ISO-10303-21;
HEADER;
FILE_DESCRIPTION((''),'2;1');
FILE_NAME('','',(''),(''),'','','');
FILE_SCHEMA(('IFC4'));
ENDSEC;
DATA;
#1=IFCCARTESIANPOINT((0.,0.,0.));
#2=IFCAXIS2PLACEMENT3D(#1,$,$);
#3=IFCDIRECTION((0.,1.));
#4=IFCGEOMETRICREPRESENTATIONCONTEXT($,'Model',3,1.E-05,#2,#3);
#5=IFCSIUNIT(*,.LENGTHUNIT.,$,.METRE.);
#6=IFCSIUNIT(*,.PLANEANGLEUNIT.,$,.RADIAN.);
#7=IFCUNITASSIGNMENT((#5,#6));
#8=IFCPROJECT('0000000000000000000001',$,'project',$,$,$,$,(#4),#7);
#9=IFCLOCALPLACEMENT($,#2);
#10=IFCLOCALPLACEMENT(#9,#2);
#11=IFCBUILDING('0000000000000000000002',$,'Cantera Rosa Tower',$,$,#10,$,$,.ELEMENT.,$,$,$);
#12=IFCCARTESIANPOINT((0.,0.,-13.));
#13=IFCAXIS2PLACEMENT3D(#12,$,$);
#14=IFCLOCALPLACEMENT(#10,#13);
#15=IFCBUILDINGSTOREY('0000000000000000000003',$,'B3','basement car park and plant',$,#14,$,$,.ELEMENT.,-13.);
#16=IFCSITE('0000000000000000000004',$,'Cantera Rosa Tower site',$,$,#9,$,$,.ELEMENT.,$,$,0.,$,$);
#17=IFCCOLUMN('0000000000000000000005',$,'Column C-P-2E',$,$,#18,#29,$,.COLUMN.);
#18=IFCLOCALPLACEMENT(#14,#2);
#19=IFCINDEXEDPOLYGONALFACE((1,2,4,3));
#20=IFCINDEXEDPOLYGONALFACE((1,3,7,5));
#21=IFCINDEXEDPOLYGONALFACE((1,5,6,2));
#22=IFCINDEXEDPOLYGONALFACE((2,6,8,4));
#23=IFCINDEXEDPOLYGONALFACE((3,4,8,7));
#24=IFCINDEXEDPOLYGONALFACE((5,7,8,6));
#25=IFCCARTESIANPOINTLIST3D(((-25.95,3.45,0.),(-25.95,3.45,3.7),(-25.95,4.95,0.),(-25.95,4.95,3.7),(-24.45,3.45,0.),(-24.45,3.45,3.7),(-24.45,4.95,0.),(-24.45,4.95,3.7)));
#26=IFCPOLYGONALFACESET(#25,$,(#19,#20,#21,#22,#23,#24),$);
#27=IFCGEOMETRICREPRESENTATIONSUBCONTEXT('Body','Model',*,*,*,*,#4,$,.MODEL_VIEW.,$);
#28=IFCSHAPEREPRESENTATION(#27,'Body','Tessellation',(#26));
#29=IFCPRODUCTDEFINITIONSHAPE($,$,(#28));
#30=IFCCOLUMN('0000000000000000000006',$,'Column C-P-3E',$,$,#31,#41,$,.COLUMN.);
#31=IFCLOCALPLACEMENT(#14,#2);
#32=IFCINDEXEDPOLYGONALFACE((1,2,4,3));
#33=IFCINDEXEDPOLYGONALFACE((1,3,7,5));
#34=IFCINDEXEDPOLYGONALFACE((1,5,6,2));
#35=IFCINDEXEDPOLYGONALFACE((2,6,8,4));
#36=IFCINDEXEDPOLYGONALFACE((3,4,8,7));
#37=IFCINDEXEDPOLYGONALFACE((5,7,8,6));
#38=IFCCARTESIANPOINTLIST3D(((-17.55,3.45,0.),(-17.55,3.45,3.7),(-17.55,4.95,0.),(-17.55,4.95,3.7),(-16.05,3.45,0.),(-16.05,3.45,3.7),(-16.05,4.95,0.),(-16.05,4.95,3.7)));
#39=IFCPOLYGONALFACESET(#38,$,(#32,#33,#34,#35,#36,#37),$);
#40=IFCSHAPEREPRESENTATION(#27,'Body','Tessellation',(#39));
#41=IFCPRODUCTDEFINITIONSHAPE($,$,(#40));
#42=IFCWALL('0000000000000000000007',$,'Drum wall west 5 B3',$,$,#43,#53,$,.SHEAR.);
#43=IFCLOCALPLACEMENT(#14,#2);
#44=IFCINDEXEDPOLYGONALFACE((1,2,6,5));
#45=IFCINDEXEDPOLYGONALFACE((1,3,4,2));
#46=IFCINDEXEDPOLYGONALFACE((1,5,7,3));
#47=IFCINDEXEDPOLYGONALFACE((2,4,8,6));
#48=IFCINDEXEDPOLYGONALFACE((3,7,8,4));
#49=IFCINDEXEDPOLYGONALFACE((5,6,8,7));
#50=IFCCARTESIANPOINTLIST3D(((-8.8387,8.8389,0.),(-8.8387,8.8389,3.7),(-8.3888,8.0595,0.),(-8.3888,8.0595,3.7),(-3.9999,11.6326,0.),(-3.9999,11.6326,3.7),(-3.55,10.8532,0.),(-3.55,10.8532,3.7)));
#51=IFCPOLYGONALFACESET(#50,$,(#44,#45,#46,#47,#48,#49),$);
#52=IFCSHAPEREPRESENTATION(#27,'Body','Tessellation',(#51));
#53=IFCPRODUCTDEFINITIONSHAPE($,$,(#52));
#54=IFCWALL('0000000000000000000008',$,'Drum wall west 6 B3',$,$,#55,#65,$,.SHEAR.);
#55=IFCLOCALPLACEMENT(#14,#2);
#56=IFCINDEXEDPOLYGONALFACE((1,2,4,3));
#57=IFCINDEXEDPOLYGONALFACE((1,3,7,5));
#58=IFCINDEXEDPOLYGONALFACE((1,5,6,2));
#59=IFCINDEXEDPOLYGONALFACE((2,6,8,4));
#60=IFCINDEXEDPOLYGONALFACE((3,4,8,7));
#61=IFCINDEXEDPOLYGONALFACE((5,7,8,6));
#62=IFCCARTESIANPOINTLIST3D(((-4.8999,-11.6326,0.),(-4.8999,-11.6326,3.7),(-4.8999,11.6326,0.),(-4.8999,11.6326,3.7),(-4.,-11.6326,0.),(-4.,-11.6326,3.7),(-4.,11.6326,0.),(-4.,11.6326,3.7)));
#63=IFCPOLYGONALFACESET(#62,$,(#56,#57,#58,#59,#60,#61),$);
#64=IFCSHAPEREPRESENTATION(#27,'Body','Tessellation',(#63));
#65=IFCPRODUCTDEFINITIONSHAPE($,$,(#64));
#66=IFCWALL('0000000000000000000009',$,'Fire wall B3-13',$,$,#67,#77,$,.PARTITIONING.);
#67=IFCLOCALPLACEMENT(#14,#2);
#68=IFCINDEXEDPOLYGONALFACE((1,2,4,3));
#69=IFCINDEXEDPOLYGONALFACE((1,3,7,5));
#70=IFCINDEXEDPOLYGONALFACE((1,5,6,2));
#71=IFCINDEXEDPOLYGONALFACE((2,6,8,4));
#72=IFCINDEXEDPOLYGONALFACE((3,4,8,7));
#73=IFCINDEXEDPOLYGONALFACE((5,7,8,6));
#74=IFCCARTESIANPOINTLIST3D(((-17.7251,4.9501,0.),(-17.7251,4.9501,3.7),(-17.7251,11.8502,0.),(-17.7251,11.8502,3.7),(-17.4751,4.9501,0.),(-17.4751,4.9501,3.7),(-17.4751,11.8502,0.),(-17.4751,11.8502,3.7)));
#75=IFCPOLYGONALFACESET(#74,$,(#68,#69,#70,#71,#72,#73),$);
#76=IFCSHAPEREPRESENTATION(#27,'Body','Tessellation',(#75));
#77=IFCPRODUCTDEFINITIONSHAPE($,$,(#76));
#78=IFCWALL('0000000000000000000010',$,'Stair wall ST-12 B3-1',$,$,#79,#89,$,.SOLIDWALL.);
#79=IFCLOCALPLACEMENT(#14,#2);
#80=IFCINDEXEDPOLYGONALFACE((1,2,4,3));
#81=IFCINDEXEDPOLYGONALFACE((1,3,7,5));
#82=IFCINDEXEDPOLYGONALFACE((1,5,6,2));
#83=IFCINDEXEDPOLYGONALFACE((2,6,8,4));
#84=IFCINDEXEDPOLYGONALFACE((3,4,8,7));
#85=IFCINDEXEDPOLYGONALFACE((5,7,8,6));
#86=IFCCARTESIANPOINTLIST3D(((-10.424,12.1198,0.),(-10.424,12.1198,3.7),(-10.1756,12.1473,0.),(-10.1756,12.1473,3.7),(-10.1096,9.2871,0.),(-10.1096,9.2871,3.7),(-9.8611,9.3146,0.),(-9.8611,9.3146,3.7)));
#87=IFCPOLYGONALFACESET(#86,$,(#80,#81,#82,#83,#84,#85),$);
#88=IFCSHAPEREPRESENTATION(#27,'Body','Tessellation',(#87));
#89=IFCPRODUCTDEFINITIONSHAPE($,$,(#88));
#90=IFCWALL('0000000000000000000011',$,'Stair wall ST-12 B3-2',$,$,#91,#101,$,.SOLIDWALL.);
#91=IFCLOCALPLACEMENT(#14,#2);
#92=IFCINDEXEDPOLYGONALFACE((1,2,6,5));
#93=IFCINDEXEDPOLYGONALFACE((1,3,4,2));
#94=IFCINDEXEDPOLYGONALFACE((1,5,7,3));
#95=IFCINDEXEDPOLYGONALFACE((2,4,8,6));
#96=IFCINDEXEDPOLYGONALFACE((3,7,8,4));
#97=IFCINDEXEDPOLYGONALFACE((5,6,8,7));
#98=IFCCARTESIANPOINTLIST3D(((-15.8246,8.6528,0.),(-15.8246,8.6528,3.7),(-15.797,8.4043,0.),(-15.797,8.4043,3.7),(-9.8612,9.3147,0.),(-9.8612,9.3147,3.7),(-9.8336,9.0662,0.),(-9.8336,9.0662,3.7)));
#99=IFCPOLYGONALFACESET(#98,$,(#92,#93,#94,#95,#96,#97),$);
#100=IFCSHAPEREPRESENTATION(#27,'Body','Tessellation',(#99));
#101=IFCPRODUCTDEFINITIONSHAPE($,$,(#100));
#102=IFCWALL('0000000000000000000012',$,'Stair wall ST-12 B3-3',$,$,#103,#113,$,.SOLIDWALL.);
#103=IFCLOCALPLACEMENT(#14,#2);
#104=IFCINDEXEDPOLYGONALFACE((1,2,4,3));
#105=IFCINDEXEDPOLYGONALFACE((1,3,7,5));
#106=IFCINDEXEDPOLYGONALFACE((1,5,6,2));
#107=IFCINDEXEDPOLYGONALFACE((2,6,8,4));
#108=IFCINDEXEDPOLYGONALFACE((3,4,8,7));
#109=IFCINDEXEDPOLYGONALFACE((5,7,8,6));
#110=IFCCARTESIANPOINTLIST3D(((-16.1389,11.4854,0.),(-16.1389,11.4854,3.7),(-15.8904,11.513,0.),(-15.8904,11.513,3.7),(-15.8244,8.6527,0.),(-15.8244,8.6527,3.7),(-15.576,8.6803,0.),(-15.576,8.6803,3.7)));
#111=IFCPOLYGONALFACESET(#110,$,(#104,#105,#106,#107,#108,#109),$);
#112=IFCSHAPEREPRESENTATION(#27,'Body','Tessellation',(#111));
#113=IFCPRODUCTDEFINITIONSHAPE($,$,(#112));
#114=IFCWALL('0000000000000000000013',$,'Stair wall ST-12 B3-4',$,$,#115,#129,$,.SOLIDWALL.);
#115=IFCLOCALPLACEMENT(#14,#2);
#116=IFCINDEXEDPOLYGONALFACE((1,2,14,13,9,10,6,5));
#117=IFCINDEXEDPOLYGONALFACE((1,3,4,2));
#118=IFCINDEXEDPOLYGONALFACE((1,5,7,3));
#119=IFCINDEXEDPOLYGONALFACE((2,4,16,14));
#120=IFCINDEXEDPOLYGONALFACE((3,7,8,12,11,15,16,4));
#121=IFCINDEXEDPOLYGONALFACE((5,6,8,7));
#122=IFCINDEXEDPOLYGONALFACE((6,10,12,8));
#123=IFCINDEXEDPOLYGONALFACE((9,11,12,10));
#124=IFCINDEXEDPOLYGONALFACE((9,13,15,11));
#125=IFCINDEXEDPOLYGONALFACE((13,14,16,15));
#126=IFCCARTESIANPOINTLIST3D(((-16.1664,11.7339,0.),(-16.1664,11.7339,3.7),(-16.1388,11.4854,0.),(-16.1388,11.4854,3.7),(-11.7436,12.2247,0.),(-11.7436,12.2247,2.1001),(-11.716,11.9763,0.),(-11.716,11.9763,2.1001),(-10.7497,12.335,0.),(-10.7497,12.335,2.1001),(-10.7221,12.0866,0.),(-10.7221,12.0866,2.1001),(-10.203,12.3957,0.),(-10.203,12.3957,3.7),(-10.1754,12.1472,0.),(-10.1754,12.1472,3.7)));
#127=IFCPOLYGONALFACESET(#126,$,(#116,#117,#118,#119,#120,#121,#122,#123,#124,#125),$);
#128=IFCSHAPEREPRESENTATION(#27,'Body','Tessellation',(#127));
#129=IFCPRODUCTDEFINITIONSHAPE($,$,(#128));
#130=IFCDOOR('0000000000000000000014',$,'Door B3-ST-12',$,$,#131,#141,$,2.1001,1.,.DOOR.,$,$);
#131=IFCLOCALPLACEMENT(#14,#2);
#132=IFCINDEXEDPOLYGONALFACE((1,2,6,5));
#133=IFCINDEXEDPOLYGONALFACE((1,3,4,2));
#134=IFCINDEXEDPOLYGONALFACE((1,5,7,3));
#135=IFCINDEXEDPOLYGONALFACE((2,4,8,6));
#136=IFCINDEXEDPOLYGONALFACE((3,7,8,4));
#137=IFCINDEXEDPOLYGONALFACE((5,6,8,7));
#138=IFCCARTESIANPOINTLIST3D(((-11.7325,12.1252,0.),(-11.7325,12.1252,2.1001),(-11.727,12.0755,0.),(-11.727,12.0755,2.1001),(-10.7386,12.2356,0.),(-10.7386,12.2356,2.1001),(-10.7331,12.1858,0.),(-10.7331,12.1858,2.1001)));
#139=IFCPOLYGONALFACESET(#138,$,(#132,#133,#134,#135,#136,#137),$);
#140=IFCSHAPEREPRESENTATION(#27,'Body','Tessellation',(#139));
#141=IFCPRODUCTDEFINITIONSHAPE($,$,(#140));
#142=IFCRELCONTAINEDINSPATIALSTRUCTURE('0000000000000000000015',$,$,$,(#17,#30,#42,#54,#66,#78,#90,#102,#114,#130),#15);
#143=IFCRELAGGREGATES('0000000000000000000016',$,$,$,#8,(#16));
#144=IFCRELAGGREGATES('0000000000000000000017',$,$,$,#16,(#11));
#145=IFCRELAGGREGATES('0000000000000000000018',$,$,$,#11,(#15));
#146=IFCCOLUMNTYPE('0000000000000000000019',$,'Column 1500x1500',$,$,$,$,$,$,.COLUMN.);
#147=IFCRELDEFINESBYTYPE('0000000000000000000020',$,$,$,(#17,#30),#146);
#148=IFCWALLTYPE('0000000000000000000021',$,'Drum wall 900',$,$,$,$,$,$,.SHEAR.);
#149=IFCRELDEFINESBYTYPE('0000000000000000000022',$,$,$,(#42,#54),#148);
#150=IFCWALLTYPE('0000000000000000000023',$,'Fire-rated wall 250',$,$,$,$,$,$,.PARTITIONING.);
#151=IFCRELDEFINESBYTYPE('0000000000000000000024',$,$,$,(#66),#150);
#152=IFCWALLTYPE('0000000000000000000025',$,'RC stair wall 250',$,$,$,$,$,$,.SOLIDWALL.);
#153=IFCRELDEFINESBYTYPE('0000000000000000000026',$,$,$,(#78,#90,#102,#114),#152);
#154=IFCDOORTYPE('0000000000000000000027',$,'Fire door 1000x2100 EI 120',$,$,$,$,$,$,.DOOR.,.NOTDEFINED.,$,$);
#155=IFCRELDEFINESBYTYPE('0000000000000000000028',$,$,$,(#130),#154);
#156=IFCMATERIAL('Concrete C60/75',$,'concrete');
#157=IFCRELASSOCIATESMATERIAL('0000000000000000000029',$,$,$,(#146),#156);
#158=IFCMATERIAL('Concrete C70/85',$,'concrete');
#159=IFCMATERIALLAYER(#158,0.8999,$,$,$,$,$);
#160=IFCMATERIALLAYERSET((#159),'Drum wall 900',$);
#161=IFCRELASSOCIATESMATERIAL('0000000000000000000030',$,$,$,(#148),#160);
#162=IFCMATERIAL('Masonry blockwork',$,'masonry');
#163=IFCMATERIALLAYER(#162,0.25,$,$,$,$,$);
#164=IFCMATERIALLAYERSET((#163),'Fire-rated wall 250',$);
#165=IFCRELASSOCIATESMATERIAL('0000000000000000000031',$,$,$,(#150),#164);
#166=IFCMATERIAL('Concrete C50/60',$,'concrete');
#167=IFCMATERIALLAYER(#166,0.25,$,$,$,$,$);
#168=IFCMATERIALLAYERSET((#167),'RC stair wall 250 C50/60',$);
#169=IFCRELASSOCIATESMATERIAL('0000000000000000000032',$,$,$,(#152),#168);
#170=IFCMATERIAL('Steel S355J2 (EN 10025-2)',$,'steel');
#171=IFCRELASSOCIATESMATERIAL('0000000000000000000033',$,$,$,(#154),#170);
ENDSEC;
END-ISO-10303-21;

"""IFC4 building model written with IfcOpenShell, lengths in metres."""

from ifc_helpers import new_model, si_unit, direction, frame, frame_2d, origin, origin_2d, place, context, subcontext, project, spatial, rectangle, extrude, material, layer, layer_set, material_profile, profile_set, type_object, element, fill, save


model = new_model("IFC4")

# Units and contexts
model_context = context("Model", 3, precision=1e-05, world=origin(), true_north=direction((0.0, 1.0)))
body_context = subcontext(model_context, "Body", "Model", "MODEL_VIEW")
ifc_project = project(units=[si_unit("LENGTHUNIT", "METRE"), si_unit("PLANEANGLEUNIT", "RADIAN")], contexts=[model_context])

# Site, building, storey
site_placement = place(None, origin())
site = spatial("IfcSite", under=ifc_project, at=site_placement, Name="Cantera Rosa Tower site", CompositionType="ELEMENT", RefElevation=0.0)
building_placement = place(site_placement, origin())
building = spatial("IfcBuilding", under=site, at=building_placement, Name="Cantera Rosa Tower", CompositionType="ELEMENT")
storey_placement = place(building_placement, frame((0.0, 0.0, -13.0)))
storey = spatial("IfcBuildingStorey", under=building, at=storey_placement, Name="B3", Description="basement car park and plant", CompositionType="ELEMENT", Elevation=-13.0)

# Columns
ifc_material_1 = material(Name="Concrete C60/75", Category="concrete")
ifc_material_profile = material_profile(ifc_material_1, rectangle(XDim=1.5, YDim=1.5, at=origin_2d()), Name="Column 1500x1500")
ifc_profile_set = profile_set([ifc_material_profile], Name="Concrete C60/75")
column_type = type_object("IfcColumnType", Name="Column 1500x1500", PredefinedType="COLUMN", material=ifc_profile_set)
for number, where, z_axis, x_axis, name in (
    (1, (-25.2, 4.2, 0.0), (0.0, 0.0, 1.0), (1.0, 0.0, 0.0), "Column C-P-2E"),
    (2, (-16.8, 4.2, 0.0), (0.0, 0.0, 1.0), (1.0, 0.0, 0.0), "Column C-P-3E"),
):
    element("IfcColumn", number, at=place(storey_placement, frame(where, z_axis=z_axis, x_axis=x_axis)), inside=storey, type_object=column_type, Name=name, PredefinedType="COLUMN", context=body_context, shape_type="SweptSolid", body=[
        extrude(rectangle(XDim=1.5, YDim=1.5, at=origin_2d()), origin(), (0.0, 0.0, 1.0), 3.7),
    ])

# Walls
ifc_material_2 = material(Name="Concrete C70/85", Category="concrete")
ifc_layer_1 = layer(ifc_material_2, 0.8999)
ifc_layer_set_1 = layer_set([ifc_layer_1], Name="Drum wall 900")
wall_type_1 = type_object("IfcWallType", Name="Drum wall 900", PredefinedType="SHEAR", material=ifc_layer_set_1)
wall_1_placement = place(storey_placement, frame((-8.6138, 8.4492, 0.0), z_axis=(0.0, 0.0, 1.0), x_axis=(0.866027, 0.499997, 0.0)))
element("IfcWall", 3, at=wall_1_placement, inside=storey, type_object=wall_type_1, Name="Drum wall west 5 B3", PredefinedType="SHEAR", context=body_context, shape_type="SweptSolid", body=[
    extrude(rectangle(XDim=5.5874, YDim=0.8999, at=frame_2d((2.7937, 0.0))), origin(), (0.0, 0.0, 1.0), 3.7),
])
wall_2_placement = place(storey_placement, frame((-4.45, 11.6326, 0.0), z_axis=(0.0, 0.0, 1.0), x_axis=(0.0, -1.0, 0.0)))
element("IfcWall", 4, at=wall_2_placement, inside=storey, type_object=wall_type_1, Name="Drum wall west 6 B3", PredefinedType="SHEAR", context=body_context, shape_type="SweptSolid", body=[
    extrude(rectangle(XDim=23.2651, YDim=0.8999, at=frame_2d((11.6326, 0.0))), origin(), (0.0, 0.0, 1.0), 3.7),
])
ifc_material_3 = material(Name="Masonry blockwork", Category="masonry")
ifc_layer_2 = layer(ifc_material_3, 0.25)
ifc_layer_set_2 = layer_set([ifc_layer_2], Name="Fire-rated wall 250")
wall_type_2 = type_object("IfcWallType", Name="Fire-rated wall 250", PredefinedType="PARTITIONING", material=ifc_layer_set_2)
wall_3_placement = place(storey_placement, frame((-17.6001, 4.95, 0.0), z_axis=(0.0, 0.0, 1.0), x_axis=(0.0, 1.0, 0.0)))
element("IfcWall", 5, at=wall_3_placement, inside=storey, type_object=wall_type_2, Name="Fire wall B3-13", PredefinedType="PARTITIONING", context=body_context, shape_type="SweptSolid", body=[
    extrude(rectangle(XDim=6.9001, YDim=0.25, at=frame_2d((3.4502, 0.0))), origin(), (0.0, 0.0, 1.0), 3.7),
])
ifc_material_4 = material(Name="Concrete C50/60", Category="concrete")
ifc_layer_3 = layer(ifc_material_4, 0.25)
ifc_layer_set_3 = layer_set([ifc_layer_3], Name="RC stair wall 250 C50/60")
wall_type_3 = type_object("IfcWallType", Name="RC stair wall 250", PredefinedType="SOLIDWALL", material=ifc_layer_set_3)
wall_4_placement = place(storey_placement, frame((-10.2998, 12.1335, 0.0), z_axis=(0.0, 0.0, 1.0), x_axis=(0.110328, -0.993895, 0.0)))
element("IfcWall", 6, at=wall_4_placement, inside=storey, type_object=wall_type_3, Name="Stair wall ST-12 B3-1", PredefinedType="SOLIDWALL", context=body_context, shape_type="SweptSolid", body=[
    extrude(rectangle(XDim=2.8501, YDim=0.25, at=frame_2d((1.425, 0.0))), origin(), (0.0, 0.0, 1.0), 3.7),
])
wall_5_placement = place(storey_placement, frame((-9.8474, 9.1904, 0.0), z_axis=(0.0, 0.0, 1.0), x_axis=(-0.993897, -0.110311, 0.0)))
element("IfcWall", 7, at=wall_5_placement, inside=storey, type_object=wall_type_3, Name="Stair wall ST-12 B3-2", PredefinedType="SOLIDWALL", context=body_context, shape_type="SweptSolid", body=[
    extrude(rectangle(XDim=6.0, YDim=0.25, at=frame_2d((3.0, 0.0))), origin(), (0.0, 0.0, 1.0), 3.7),
])
wall_6_placement = place(storey_placement, frame((-15.7002, 8.6665, 0.0), z_axis=(0.0, 0.0, 1.0), x_axis=(-0.110328, 0.993895, 0.0)))
element("IfcWall", 8, at=wall_6_placement, inside=storey, type_object=wall_type_3, Name="Stair wall ST-12 B3-3", PredefinedType="SOLIDWALL", context=body_context, shape_type="SweptSolid", body=[
    extrude(rectangle(XDim=2.8501, YDim=0.25, at=frame_2d((1.425, 0.0))), origin(), (0.0, 0.0, 1.0), 3.7),
])

# Wall, opening, door
wall_7_placement = place(storey_placement, frame((-16.1526, 11.6096, 0.0), z_axis=(0.0, 0.0, 1.0), x_axis=(0.993897, 0.110311, 0.0)))
wall_7 = element("IfcWall", 9, at=wall_7_placement, inside=storey, type_object=wall_type_3, Name="Stair wall ST-12 B3-4", PredefinedType="SOLIDWALL", context=body_context, shape_type="SweptSolid", body=[
    extrude(rectangle(XDim=6.0, YDim=0.25, at=frame_2d((3.0, 0.0))), origin(), (0.0, 0.0, 1.0), 3.7),
])
opening_placement = place(wall_7_placement, frame((4.45, 0.0, 0.0)))
opening = element("IfcOpeningElement", 10, at=opening_placement, cuts=wall_7, PredefinedType="OPENING", context=body_context, shape_type="SweptSolid", body=[
    extrude(rectangle(XDim=1.0, YDim=2.1001, at=frame_2d((0.5, 1.05))), frame((0.0, 0.135, 0.0), z_axis=(0.0, -1.0, 0.0), x_axis=(1.0, 0.0, 0.0)), (0.0, 0.0, 1.0), 0.27),
])
ifc_material_5 = material(Name="Steel S355J2 (EN 10025-2)", Category="steel")
door_type = type_object("IfcDoorType", Name="Fire door 1000x2100 EI 120", OperationType="NOTDEFINED", PredefinedType="DOOR", material=ifc_material_5)
door_placement = place(opening_placement, origin())
door = element("IfcDoor", 11, at=door_placement, inside=storey, type_object=door_type, Name="Door B3-ST-12", OverallHeight=2.1001, OverallWidth=1.0, PredefinedType="DOOR", context=body_context, shape_type="SweptSolid", body=[
    extrude(rectangle(XDim=1.0, YDim=2.1001, at=frame_2d((0.5, 1.05))), frame((0.0, 0.0249, 0.0), z_axis=(0.0, -1.0, 0.0), x_axis=(1.0, 0.0, 0.0)), (0.0, 0.0, 1.0), 0.05),
])
fill(opening, door)

save(model, "model.ifc")
